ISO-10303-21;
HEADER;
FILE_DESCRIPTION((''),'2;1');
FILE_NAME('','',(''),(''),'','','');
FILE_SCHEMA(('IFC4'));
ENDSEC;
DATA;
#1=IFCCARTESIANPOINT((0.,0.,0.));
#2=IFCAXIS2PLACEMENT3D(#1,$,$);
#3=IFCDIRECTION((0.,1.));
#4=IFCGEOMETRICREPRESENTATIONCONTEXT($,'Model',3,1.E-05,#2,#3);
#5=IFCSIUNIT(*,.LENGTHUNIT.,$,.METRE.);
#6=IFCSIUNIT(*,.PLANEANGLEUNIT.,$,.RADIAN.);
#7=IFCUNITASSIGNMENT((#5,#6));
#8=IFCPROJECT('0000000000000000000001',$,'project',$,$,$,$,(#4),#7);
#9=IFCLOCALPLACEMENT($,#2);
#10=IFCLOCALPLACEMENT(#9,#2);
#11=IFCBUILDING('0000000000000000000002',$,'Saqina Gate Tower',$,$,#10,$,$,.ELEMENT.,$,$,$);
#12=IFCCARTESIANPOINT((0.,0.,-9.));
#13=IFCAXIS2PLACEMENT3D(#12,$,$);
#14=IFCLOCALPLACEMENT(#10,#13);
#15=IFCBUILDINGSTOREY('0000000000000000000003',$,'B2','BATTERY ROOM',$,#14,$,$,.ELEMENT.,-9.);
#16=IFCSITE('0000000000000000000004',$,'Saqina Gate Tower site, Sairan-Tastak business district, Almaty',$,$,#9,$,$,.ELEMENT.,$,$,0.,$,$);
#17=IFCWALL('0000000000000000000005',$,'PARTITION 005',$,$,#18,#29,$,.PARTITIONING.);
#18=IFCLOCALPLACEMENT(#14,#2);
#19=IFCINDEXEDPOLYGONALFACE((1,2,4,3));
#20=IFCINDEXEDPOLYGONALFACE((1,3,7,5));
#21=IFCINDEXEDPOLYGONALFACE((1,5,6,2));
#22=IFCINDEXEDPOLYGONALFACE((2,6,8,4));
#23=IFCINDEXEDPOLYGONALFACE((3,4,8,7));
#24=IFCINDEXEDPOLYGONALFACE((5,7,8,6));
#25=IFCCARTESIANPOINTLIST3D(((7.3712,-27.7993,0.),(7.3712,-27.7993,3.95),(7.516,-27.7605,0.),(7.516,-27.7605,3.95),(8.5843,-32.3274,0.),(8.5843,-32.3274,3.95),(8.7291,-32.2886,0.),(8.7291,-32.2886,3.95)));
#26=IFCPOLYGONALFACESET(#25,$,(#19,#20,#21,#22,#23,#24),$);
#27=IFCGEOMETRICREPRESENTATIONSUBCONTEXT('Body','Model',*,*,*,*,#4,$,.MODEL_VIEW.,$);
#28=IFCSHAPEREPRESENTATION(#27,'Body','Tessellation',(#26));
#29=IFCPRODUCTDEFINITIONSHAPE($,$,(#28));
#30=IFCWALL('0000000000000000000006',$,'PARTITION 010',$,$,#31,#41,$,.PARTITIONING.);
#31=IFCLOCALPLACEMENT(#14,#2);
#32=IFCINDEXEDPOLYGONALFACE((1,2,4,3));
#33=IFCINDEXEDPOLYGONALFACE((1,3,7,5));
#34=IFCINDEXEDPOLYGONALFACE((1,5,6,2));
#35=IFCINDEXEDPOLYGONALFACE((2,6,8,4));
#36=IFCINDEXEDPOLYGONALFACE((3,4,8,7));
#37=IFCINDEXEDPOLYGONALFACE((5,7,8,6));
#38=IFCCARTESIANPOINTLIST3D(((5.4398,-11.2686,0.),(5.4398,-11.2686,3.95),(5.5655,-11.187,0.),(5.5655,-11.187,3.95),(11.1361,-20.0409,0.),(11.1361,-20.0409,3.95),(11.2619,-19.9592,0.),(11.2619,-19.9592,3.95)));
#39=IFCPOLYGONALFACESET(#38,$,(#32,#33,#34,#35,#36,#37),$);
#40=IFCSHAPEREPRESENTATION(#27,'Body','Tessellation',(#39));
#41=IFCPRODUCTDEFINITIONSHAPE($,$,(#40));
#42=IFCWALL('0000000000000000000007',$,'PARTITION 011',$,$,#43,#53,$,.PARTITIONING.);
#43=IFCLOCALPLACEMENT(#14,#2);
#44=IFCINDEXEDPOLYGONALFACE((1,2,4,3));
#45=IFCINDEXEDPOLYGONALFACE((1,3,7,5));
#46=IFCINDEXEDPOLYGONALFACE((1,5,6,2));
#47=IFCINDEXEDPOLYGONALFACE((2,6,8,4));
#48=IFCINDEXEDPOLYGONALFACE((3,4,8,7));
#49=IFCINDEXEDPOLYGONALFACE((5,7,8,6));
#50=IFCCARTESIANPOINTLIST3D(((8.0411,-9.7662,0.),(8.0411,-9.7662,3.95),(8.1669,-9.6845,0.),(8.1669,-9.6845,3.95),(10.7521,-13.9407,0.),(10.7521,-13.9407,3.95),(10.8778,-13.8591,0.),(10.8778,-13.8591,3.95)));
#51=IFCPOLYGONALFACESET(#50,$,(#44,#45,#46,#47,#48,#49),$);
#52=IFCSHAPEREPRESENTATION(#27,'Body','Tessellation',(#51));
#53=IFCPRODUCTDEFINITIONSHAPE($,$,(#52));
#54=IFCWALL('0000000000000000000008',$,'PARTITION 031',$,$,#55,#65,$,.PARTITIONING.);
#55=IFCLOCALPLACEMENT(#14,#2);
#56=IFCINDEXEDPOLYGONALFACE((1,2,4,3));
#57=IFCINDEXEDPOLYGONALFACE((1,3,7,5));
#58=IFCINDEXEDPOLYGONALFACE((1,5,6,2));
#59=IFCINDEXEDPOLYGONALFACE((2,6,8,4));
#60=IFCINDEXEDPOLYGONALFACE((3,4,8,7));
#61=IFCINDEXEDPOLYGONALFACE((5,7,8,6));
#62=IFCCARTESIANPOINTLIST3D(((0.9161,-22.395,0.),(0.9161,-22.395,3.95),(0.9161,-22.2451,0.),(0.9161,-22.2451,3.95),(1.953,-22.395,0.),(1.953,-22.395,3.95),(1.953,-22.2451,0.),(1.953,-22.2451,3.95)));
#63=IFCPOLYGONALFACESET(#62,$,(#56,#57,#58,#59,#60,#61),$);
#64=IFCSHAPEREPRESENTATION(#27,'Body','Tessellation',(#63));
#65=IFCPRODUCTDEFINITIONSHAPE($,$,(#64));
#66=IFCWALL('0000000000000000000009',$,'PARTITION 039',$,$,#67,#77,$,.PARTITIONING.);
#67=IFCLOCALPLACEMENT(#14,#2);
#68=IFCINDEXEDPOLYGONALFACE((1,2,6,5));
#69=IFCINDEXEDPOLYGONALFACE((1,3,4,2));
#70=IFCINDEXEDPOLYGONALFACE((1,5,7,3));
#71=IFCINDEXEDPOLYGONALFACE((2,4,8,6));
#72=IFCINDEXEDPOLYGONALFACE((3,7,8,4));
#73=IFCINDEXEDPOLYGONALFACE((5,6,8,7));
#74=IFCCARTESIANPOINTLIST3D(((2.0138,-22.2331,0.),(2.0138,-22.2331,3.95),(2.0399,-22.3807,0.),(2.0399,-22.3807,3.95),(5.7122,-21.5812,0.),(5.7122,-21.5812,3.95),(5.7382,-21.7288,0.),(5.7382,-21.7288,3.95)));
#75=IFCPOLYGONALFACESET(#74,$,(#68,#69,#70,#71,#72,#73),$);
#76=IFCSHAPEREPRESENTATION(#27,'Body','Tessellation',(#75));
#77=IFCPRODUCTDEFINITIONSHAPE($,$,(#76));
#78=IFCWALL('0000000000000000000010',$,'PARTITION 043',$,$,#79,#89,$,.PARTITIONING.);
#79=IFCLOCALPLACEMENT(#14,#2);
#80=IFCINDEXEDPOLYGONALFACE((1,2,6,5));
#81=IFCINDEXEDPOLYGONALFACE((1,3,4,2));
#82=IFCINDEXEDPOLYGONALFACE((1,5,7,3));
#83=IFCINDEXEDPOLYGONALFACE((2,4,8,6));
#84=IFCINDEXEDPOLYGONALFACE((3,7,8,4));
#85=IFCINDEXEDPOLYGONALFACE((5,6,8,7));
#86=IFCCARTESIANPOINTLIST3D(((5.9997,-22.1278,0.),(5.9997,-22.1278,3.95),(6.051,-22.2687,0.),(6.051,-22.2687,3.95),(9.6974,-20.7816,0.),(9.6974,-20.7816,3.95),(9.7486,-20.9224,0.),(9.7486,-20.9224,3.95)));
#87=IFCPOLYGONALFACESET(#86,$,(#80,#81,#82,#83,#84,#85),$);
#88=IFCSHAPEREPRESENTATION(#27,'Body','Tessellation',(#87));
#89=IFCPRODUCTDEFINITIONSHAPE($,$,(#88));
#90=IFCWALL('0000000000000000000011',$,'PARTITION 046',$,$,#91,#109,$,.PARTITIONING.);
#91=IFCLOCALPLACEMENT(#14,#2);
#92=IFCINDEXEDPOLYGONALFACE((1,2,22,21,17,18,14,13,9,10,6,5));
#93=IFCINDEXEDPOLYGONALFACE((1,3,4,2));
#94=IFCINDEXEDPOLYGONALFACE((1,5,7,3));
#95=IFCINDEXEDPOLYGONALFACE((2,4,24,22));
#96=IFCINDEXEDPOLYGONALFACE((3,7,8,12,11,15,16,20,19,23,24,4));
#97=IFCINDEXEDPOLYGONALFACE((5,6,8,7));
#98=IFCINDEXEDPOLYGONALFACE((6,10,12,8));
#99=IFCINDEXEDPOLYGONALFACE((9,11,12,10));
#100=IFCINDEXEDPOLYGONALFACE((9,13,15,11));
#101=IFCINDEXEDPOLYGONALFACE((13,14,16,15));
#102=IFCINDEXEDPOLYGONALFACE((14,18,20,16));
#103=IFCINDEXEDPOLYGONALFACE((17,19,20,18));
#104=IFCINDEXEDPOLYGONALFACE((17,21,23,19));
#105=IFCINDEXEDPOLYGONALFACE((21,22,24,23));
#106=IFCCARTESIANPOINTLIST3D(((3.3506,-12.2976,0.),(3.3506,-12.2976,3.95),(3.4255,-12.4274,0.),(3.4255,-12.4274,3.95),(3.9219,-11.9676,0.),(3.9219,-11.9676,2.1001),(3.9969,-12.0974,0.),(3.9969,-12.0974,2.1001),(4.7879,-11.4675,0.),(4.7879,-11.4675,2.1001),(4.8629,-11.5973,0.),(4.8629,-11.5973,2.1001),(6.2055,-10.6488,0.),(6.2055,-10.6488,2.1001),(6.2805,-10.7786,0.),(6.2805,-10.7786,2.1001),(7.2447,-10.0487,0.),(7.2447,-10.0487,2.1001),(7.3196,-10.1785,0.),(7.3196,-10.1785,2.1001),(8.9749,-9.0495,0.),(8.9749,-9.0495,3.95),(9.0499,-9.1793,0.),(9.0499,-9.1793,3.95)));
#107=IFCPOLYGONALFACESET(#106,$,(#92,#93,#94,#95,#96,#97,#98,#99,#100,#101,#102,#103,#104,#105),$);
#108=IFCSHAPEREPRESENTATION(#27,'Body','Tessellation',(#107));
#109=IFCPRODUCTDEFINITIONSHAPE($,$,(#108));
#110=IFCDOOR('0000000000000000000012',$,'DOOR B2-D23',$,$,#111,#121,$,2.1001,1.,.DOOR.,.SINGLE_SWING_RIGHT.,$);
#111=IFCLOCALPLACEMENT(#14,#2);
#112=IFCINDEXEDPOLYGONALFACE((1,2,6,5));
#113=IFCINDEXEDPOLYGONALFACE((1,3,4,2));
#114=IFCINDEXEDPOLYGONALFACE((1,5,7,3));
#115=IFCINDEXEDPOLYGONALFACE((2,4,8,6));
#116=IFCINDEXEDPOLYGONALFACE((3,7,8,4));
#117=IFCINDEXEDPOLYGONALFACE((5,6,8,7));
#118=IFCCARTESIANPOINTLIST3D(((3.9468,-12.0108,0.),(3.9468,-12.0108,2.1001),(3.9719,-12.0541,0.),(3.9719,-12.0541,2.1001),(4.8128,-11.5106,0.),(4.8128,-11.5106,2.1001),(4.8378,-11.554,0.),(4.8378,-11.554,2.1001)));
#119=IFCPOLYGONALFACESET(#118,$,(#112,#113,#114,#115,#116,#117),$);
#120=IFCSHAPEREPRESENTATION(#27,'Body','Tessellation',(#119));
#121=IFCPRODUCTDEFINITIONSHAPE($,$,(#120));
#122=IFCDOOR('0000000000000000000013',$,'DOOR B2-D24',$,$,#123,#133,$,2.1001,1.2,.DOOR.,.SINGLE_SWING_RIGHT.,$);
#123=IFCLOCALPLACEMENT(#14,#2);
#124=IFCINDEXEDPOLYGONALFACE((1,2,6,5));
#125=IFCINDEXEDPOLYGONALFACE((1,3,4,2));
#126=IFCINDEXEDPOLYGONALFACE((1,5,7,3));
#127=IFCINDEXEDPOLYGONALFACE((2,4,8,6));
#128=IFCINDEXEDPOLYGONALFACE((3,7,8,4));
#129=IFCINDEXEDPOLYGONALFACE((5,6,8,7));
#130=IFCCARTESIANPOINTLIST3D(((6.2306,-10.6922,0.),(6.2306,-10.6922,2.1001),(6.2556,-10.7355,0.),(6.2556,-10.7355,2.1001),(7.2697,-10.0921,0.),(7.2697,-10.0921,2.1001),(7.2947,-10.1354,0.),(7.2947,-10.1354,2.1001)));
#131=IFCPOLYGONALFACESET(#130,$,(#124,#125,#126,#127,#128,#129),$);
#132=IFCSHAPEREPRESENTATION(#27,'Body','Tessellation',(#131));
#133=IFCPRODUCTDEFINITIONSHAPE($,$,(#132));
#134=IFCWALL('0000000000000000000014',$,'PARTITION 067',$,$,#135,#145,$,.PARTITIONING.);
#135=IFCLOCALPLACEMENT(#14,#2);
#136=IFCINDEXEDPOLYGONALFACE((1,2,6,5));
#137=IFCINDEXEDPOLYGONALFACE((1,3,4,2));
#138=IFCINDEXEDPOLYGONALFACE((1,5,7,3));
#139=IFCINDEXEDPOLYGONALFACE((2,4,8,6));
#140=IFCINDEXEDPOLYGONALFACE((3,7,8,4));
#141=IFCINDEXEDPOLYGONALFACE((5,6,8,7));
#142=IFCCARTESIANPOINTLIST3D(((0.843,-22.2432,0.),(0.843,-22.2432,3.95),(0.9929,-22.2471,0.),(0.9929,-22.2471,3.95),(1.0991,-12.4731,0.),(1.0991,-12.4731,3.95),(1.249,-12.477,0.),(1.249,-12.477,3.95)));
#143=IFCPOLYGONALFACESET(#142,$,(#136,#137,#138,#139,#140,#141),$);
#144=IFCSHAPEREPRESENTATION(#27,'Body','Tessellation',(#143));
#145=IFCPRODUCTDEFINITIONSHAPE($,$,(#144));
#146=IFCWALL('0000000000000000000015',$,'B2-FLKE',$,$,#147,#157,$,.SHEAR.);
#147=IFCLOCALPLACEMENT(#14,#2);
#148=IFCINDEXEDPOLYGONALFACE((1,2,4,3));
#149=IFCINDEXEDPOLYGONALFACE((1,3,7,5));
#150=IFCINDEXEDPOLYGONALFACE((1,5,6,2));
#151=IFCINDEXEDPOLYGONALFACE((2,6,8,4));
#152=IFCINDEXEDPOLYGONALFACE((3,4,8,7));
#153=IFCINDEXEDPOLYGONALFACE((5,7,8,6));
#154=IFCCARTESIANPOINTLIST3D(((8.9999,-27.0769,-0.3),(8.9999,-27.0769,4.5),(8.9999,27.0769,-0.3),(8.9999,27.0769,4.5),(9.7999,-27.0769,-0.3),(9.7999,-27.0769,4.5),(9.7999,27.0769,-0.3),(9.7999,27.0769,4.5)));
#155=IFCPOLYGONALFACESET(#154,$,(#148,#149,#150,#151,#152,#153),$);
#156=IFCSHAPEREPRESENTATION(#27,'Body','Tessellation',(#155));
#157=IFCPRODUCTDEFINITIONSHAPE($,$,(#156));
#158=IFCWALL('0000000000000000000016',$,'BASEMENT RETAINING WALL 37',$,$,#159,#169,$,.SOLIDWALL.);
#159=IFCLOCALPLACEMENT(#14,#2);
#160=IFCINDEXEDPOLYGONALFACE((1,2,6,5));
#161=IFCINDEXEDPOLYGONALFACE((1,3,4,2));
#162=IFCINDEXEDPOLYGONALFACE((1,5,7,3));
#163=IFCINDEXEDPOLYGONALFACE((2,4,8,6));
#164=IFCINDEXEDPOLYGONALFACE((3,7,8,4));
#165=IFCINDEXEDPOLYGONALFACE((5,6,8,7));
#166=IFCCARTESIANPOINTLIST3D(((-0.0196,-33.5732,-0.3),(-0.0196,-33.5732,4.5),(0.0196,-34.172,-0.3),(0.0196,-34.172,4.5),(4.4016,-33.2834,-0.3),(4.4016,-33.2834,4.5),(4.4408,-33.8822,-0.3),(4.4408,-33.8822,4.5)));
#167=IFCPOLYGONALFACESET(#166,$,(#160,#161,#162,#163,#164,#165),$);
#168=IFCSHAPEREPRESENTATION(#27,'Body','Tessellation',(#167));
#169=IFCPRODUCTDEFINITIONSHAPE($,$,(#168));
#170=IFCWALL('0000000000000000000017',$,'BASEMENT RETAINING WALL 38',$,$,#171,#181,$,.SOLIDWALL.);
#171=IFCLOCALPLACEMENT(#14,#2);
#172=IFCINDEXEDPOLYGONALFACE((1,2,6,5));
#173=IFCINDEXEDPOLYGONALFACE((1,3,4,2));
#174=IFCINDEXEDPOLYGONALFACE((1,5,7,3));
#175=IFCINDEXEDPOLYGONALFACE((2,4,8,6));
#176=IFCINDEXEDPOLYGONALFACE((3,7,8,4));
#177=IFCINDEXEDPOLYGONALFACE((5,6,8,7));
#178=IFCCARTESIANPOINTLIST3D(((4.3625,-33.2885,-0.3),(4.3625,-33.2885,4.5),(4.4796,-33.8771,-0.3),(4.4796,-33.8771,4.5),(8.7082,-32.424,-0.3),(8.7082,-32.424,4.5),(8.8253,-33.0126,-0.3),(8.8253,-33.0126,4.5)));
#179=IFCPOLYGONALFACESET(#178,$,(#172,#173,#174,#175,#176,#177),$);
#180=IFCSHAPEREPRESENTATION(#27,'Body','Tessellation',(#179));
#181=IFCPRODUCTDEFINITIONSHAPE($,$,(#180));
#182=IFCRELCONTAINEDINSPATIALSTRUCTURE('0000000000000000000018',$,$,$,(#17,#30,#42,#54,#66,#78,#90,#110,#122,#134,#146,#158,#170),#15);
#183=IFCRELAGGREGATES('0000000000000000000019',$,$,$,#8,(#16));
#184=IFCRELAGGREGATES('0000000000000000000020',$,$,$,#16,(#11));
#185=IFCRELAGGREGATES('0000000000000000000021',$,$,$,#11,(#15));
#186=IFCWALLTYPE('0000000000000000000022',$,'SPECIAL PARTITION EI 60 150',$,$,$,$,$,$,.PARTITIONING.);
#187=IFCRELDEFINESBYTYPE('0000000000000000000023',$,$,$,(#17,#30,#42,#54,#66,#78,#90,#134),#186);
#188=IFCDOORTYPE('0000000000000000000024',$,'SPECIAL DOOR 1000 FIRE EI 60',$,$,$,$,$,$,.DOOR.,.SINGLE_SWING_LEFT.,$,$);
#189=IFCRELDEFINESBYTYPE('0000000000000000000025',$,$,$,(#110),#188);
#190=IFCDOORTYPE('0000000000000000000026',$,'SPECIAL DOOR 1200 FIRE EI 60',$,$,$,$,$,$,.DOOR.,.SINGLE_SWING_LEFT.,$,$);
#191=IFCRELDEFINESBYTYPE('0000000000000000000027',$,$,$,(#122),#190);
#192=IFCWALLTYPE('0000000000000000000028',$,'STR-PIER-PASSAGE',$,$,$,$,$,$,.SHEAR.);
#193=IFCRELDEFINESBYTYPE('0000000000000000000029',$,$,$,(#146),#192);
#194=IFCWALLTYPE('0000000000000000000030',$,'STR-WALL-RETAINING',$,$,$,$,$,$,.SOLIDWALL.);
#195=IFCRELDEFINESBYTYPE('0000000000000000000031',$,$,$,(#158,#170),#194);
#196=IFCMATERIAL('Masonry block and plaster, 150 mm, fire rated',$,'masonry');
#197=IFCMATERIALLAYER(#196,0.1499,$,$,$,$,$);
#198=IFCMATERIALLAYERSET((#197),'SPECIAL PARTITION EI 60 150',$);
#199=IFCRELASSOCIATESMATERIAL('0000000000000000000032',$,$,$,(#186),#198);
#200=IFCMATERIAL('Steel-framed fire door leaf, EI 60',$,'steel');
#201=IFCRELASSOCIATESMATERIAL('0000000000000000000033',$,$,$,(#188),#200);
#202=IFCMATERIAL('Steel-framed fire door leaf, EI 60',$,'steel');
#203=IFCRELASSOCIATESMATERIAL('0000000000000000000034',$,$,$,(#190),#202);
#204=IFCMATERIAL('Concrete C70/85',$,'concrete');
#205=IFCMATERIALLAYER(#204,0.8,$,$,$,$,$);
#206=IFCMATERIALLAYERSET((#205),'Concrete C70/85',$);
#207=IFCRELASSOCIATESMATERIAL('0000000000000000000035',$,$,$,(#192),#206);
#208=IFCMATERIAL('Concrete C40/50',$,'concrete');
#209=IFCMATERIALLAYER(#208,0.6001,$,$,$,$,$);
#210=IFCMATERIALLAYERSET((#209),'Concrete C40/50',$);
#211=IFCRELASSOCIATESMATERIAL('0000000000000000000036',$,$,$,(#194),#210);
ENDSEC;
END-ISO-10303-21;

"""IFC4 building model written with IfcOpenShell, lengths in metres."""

from ifc_helpers import new_model, si_unit, direction, frame, frame_2d, origin, place, context, subcontext, project, spatial, rectangle, extrude, material, layer, layer_set, type_object, element, fill, save


model = new_model("IFC4")

# Units and contexts
model_context = context("Model", 3, precision=1e-05, world=origin(), true_north=direction((0.0, 1.0)))
body_context = subcontext(model_context, "Body", "Model", "MODEL_VIEW")
ifc_project = project(units=[si_unit("LENGTHUNIT", "METRE"), si_unit("PLANEANGLEUNIT", "RADIAN")], contexts=[model_context])

# Site, building, storey
site_placement = place(None, origin())
site = spatial("IfcSite", under=ifc_project, at=site_placement, Name="Saqina Gate Tower site, Sairan-Tastak business district, Almaty", CompositionType="ELEMENT", RefElevation=0.0)
building_placement = place(site_placement, origin())
building = spatial("IfcBuilding", under=site, at=building_placement, Name="Saqina Gate Tower", CompositionType="ELEMENT")
storey_placement = place(building_placement, frame((0.0, 0.0, -9.0)))
storey = spatial("IfcBuildingStorey", under=building, at=storey_placement, Name="B2", Description="BATTERY ROOM", CompositionType="ELEMENT", Elevation=-9.0)

# Walls
ifc_material_1 = material(Name="Masonry block and plaster, 150 mm, fire rated", Category="masonry")
ifc_layer_1 = layer(ifc_material_1, 0.1499)
ifc_layer_set_1 = layer_set([ifc_layer_1], Name="SPECIAL PARTITION EI 60 150")
wall_type_1 = type_object("IfcWallType", Name="SPECIAL PARTITION EI 60 150", PredefinedType="PARTITIONING", material=ifc_layer_set_1)
wall_1_placement = place(storey_placement, frame((7.4436, -27.78, 0.0), z_axis=(0.0, 0.0, 1.0), x_axis=(0.258787, -0.965934, 0.0)))
element("IfcWall", 1, at=wall_1_placement, inside=storey, type_object=wall_type_1, Name="PARTITION 005", PredefinedType="PARTITIONING", context=body_context, shape_type="SweptSolid", body=[
    extrude(rectangle(XDim=4.6877, YDim=0.1499, at=frame_2d((2.3438, 0.0))), origin(), (0.0, 0.0, 1.0), 3.95),
])
wall_2_placement = place(storey_placement, frame((5.5027, -11.2278, 0.0), z_axis=(0.0, 0.0, 1.0), x_axis=(0.544608, -0.83869, 0.0)))
element("IfcWall", 2, at=wall_2_placement, inside=storey, type_object=wall_type_1, Name="PARTITION 010", PredefinedType="PARTITIONING", context=body_context, shape_type="SweptSolid", body=[
    extrude(rectangle(XDim=10.4595, YDim=0.1499, at=frame_2d((5.2297, 0.0))), origin(), (0.0, 0.0, 1.0), 3.95),
])
wall_3_placement = place(storey_placement, frame((8.104, -9.7253, 0.0), z_axis=(0.0, 0.0, 1.0), x_axis=(0.544631, -0.838676, 0.0)))
element("IfcWall", 3, at=wall_3_placement, inside=storey, type_object=wall_type_1, Name="PARTITION 011", PredefinedType="PARTITIONING", context=body_context, shape_type="SweptSolid", body=[
    extrude(rectangle(XDim=4.9775, YDim=0.1499, at=frame_2d((2.4888, 0.0))), origin(), (0.0, 0.0, 1.0), 3.95),
])
wall_4_placement = place(storey_placement, frame((0.916, -22.3201, 0.0), z_axis=(0.0, 0.0, 1.0), x_axis=(1.0, 0.0, 0.0)))
element("IfcWall", 4, at=wall_4_placement, inside=storey, type_object=wall_type_1, Name="PARTITION 031", PredefinedType="PARTITIONING", context=body_context, shape_type="SweptSolid", body=[
    extrude(rectangle(XDim=1.0369, YDim=0.1499, at=frame_2d((0.5186, 0.0))), origin(), (0.0, 0.0, 1.0), 3.95),
])
wall_5_placement = place(storey_placement, frame((2.0269, -22.3069, 0.0), z_axis=(0.0, 0.0, 1.0), x_axis=(0.984819, 0.173585, 0.0)))
element("IfcWall", 5, at=wall_5_placement, inside=storey, type_object=wall_type_1, Name="PARTITION 039", PredefinedType="PARTITIONING", context=body_context, shape_type="SweptSolid", body=[
    extrude(rectangle(XDim=3.7554, YDim=0.1499, at=frame_2d((1.8777, 0.0))), origin(), (0.0, 0.0, 1.0), 3.95),
])
wall_6_placement = place(storey_placement, frame((6.0254, -22.1982, 0.0), z_axis=(0.0, 0.0, 1.0), x_axis=(0.939659, 0.342112, 0.0)))
element("IfcWall", 6, at=wall_6_placement, inside=storey, type_object=wall_type_1, Name="PARTITION 043", PredefinedType="PARTITIONING", context=body_context, shape_type="SweptSolid", body=[
    extrude(rectangle(XDim=3.9351, YDim=0.1499, at=frame_2d((1.9675, 0.0))), origin(), (0.0, 0.0, 1.0), 3.95),
])

# Wall, openings, doors
wall_7_placement = place(storey_placement, frame((3.3879, -12.3625, 0.0), z_axis=(0.0, 0.0, 1.0), x_axis=(0.865967, 0.500101, 0.0)))
wall_7 = element("IfcWall", 7, at=wall_7_placement, inside=storey, type_object=wall_type_1, Name="PARTITION 046", PredefinedType="PARTITIONING", context=body_context, shape_type="SweptSolid", body=[
    extrude(rectangle(XDim=6.4949, YDim=0.1499, at=frame_2d((3.2476, 0.0))), origin(), (0.0, 0.0, 1.0), 3.95),
])
opening_1_placement = place(wall_7_placement, frame((0.6599, 0.0, 0.0)))
opening_1 = element("IfcOpeningElement", 8, at=opening_1_placement, cuts=wall_7, PredefinedType="OPENING", context=body_context, shape_type="SweptSolid", body=[
    extrude(rectangle(XDim=1.0, YDim=2.1001, at=frame_2d((0.5, 1.05))), frame((0.0, 0.0869, 0.0), z_axis=(0.0, -1.0, 0.0), x_axis=(1.0, 0.0, 0.0)), (0.0, 0.0, 1.0), 0.1738),
])
opening_2_placement = place(wall_7_placement, frame((3.2969, 0.0, 0.0)))
opening_2 = element("IfcOpeningElement", 9, at=opening_2_placement, cuts=wall_7, PredefinedType="OPENING", context=body_context, shape_type="SweptSolid", body=[
    extrude(rectangle(XDim=1.2, YDim=2.1001, at=frame_2d((0.6001, 1.05))), frame((0.0, 0.0869, 0.0), z_axis=(0.0, -1.0, 0.0), x_axis=(1.0, 0.0, 0.0)), (0.0, 0.0, 1.0), 0.1738),
])
ifc_material_2 = material(Name="Steel-framed fire door leaf, EI 60", Category="steel")
door_type_1 = type_object("IfcDoorType", Name="SPECIAL DOOR 1000 FIRE EI 60", OperationType="SINGLE_SWING_LEFT", PredefinedType="DOOR", material=ifc_material_2)
door_1_placement = place(opening_1_placement, frame((1.0, 0.0, 0.0), z_axis=(0.0, 0.0, 1.0), x_axis=(-1.0, 0.0, 0.0)))
door_1 = element("IfcDoor", 10, at=door_1_placement, inside=storey, type_object=door_type_1, Name="DOOR B2-D23", OperationType="SINGLE_SWING_RIGHT", OverallHeight=2.1001, OverallWidth=1.0, PredefinedType="DOOR", context=body_context, shape_type="SweptSolid", body=[
    extrude(rectangle(XDim=1.0, YDim=2.1001, at=frame_2d((0.5, 1.05))), frame((0.0, 0.0249, 0.0), z_axis=(0.0, -1.0, 0.0), x_axis=(1.0, 0.0, 0.0)), (0.0, 0.0, 1.0), 0.05),
])
fill(opening_1, door_1)
ifc_material_3 = material(Name="Steel-framed fire door leaf, EI 60", Category="steel")
door_type_2 = type_object("IfcDoorType", Name="SPECIAL DOOR 1200 FIRE EI 60", OperationType="SINGLE_SWING_LEFT", PredefinedType="DOOR", material=ifc_material_3)
door_2_placement = place(opening_2_placement, origin())
door_2 = element("IfcDoor", 11, at=door_2_placement, inside=storey, type_object=door_type_2, Name="DOOR B2-D24", OperationType="SINGLE_SWING_RIGHT", OverallHeight=2.1001, OverallWidth=1.2, PredefinedType="DOOR", context=body_context, shape_type="SweptSolid", body=[
    extrude(rectangle(XDim=1.2, YDim=2.1001, at=frame_2d((0.6001, 1.05))), frame((0.0, 0.0249, 0.0), z_axis=(0.0, -1.0, 0.0), x_axis=(1.0, 0.0, 0.0)), (0.0, 0.0, 1.0), 0.05),
])
fill(opening_2, door_2)

# Walls
wall_8_placement = place(storey_placement, frame((0.918, -22.2451, 0.0), z_axis=(0.0, 0.0, 1.0), x_axis=(0.026204, 0.999657, 0.0)))
element("IfcWall", 12, at=wall_8_placement, inside=storey, type_object=wall_type_1, Name="PARTITION 067", PredefinedType="PARTITIONING", context=body_context, shape_type="SweptSolid", body=[
    extrude(rectangle(XDim=9.7734, YDim=0.1499, at=frame_2d((4.8867, 0.0))), origin(), (0.0, 0.0, 1.0), 3.95),
])
ifc_material_4 = material(Name="Concrete C70/85", Category="concrete")
ifc_layer_2 = layer(ifc_material_4, 0.8)
ifc_layer_set_2 = layer_set([ifc_layer_2], Name="Concrete C70/85")
wall_type_2 = type_object("IfcWallType", Name="STR-PIER-PASSAGE", PredefinedType="SHEAR", material=ifc_layer_set_2)
wall_9_placement = place(storey_placement, frame((9.3999, -27.0769, -0.3), z_axis=(0.0, 0.0, 1.0), x_axis=(0.0, 1.0, 0.0)))
element("IfcWall", 13, at=wall_9_placement, inside=storey, type_object=wall_type_2, Name="B2-FLKE", PredefinedType="SHEAR", context=body_context, shape_type="SweptSolid", body=[
    extrude(rectangle(XDim=54.1538, YDim=0.8, at=frame_2d((27.0769, 0.0))), origin(), (0.0, 0.0, 1.0), 4.8),
])
ifc_material_5 = material(Name="Concrete C40/50", Category="concrete")
ifc_layer_3 = layer(ifc_material_5, 0.6001)
ifc_layer_set_3 = layer_set([ifc_layer_3], Name="Concrete C40/50")
wall_type_3 = type_object("IfcWallType", Name="STR-WALL-RETAINING", PredefinedType="SOLIDWALL", material=ifc_layer_set_3)
wall_10_placement = place(storey_placement, frame((0.0, -33.8726, -0.3), z_axis=(0.0, 0.0, 1.0), x_axis=(0.997859, 0.065407, 0.0)))
element("IfcWall", 14, at=wall_10_placement, inside=storey, type_object=wall_type_3, Name="BASEMENT RETAINING WALL 37", PredefinedType="SOLIDWALL", context=body_context, shape_type="SweptSolid", body=[
    extrude(rectangle(XDim=4.4307, YDim=0.6001, at=frame_2d((2.2153, 0.0))), origin(), (0.0, 0.0, 1.0), 4.8),
])
wall_11_placement = place(storey_placement, frame((4.4211, -33.5828, -0.3), z_axis=(0.0, 0.0, 1.0), x_axis=(0.980781, 0.195109, 0.0)))
element("IfcWall", 15, at=wall_11_placement, inside=storey, type_object=wall_type_3, Name="BASEMENT RETAINING WALL 38", PredefinedType="SOLIDWALL", context=body_context, shape_type="SweptSolid", body=[
    extrude(rectangle(XDim=4.4309, YDim=0.6001, at=frame_2d((2.2153, 0.0))), origin(), (0.0, 0.0, 1.0), 4.8),
])

save(model, "model.ifc")
